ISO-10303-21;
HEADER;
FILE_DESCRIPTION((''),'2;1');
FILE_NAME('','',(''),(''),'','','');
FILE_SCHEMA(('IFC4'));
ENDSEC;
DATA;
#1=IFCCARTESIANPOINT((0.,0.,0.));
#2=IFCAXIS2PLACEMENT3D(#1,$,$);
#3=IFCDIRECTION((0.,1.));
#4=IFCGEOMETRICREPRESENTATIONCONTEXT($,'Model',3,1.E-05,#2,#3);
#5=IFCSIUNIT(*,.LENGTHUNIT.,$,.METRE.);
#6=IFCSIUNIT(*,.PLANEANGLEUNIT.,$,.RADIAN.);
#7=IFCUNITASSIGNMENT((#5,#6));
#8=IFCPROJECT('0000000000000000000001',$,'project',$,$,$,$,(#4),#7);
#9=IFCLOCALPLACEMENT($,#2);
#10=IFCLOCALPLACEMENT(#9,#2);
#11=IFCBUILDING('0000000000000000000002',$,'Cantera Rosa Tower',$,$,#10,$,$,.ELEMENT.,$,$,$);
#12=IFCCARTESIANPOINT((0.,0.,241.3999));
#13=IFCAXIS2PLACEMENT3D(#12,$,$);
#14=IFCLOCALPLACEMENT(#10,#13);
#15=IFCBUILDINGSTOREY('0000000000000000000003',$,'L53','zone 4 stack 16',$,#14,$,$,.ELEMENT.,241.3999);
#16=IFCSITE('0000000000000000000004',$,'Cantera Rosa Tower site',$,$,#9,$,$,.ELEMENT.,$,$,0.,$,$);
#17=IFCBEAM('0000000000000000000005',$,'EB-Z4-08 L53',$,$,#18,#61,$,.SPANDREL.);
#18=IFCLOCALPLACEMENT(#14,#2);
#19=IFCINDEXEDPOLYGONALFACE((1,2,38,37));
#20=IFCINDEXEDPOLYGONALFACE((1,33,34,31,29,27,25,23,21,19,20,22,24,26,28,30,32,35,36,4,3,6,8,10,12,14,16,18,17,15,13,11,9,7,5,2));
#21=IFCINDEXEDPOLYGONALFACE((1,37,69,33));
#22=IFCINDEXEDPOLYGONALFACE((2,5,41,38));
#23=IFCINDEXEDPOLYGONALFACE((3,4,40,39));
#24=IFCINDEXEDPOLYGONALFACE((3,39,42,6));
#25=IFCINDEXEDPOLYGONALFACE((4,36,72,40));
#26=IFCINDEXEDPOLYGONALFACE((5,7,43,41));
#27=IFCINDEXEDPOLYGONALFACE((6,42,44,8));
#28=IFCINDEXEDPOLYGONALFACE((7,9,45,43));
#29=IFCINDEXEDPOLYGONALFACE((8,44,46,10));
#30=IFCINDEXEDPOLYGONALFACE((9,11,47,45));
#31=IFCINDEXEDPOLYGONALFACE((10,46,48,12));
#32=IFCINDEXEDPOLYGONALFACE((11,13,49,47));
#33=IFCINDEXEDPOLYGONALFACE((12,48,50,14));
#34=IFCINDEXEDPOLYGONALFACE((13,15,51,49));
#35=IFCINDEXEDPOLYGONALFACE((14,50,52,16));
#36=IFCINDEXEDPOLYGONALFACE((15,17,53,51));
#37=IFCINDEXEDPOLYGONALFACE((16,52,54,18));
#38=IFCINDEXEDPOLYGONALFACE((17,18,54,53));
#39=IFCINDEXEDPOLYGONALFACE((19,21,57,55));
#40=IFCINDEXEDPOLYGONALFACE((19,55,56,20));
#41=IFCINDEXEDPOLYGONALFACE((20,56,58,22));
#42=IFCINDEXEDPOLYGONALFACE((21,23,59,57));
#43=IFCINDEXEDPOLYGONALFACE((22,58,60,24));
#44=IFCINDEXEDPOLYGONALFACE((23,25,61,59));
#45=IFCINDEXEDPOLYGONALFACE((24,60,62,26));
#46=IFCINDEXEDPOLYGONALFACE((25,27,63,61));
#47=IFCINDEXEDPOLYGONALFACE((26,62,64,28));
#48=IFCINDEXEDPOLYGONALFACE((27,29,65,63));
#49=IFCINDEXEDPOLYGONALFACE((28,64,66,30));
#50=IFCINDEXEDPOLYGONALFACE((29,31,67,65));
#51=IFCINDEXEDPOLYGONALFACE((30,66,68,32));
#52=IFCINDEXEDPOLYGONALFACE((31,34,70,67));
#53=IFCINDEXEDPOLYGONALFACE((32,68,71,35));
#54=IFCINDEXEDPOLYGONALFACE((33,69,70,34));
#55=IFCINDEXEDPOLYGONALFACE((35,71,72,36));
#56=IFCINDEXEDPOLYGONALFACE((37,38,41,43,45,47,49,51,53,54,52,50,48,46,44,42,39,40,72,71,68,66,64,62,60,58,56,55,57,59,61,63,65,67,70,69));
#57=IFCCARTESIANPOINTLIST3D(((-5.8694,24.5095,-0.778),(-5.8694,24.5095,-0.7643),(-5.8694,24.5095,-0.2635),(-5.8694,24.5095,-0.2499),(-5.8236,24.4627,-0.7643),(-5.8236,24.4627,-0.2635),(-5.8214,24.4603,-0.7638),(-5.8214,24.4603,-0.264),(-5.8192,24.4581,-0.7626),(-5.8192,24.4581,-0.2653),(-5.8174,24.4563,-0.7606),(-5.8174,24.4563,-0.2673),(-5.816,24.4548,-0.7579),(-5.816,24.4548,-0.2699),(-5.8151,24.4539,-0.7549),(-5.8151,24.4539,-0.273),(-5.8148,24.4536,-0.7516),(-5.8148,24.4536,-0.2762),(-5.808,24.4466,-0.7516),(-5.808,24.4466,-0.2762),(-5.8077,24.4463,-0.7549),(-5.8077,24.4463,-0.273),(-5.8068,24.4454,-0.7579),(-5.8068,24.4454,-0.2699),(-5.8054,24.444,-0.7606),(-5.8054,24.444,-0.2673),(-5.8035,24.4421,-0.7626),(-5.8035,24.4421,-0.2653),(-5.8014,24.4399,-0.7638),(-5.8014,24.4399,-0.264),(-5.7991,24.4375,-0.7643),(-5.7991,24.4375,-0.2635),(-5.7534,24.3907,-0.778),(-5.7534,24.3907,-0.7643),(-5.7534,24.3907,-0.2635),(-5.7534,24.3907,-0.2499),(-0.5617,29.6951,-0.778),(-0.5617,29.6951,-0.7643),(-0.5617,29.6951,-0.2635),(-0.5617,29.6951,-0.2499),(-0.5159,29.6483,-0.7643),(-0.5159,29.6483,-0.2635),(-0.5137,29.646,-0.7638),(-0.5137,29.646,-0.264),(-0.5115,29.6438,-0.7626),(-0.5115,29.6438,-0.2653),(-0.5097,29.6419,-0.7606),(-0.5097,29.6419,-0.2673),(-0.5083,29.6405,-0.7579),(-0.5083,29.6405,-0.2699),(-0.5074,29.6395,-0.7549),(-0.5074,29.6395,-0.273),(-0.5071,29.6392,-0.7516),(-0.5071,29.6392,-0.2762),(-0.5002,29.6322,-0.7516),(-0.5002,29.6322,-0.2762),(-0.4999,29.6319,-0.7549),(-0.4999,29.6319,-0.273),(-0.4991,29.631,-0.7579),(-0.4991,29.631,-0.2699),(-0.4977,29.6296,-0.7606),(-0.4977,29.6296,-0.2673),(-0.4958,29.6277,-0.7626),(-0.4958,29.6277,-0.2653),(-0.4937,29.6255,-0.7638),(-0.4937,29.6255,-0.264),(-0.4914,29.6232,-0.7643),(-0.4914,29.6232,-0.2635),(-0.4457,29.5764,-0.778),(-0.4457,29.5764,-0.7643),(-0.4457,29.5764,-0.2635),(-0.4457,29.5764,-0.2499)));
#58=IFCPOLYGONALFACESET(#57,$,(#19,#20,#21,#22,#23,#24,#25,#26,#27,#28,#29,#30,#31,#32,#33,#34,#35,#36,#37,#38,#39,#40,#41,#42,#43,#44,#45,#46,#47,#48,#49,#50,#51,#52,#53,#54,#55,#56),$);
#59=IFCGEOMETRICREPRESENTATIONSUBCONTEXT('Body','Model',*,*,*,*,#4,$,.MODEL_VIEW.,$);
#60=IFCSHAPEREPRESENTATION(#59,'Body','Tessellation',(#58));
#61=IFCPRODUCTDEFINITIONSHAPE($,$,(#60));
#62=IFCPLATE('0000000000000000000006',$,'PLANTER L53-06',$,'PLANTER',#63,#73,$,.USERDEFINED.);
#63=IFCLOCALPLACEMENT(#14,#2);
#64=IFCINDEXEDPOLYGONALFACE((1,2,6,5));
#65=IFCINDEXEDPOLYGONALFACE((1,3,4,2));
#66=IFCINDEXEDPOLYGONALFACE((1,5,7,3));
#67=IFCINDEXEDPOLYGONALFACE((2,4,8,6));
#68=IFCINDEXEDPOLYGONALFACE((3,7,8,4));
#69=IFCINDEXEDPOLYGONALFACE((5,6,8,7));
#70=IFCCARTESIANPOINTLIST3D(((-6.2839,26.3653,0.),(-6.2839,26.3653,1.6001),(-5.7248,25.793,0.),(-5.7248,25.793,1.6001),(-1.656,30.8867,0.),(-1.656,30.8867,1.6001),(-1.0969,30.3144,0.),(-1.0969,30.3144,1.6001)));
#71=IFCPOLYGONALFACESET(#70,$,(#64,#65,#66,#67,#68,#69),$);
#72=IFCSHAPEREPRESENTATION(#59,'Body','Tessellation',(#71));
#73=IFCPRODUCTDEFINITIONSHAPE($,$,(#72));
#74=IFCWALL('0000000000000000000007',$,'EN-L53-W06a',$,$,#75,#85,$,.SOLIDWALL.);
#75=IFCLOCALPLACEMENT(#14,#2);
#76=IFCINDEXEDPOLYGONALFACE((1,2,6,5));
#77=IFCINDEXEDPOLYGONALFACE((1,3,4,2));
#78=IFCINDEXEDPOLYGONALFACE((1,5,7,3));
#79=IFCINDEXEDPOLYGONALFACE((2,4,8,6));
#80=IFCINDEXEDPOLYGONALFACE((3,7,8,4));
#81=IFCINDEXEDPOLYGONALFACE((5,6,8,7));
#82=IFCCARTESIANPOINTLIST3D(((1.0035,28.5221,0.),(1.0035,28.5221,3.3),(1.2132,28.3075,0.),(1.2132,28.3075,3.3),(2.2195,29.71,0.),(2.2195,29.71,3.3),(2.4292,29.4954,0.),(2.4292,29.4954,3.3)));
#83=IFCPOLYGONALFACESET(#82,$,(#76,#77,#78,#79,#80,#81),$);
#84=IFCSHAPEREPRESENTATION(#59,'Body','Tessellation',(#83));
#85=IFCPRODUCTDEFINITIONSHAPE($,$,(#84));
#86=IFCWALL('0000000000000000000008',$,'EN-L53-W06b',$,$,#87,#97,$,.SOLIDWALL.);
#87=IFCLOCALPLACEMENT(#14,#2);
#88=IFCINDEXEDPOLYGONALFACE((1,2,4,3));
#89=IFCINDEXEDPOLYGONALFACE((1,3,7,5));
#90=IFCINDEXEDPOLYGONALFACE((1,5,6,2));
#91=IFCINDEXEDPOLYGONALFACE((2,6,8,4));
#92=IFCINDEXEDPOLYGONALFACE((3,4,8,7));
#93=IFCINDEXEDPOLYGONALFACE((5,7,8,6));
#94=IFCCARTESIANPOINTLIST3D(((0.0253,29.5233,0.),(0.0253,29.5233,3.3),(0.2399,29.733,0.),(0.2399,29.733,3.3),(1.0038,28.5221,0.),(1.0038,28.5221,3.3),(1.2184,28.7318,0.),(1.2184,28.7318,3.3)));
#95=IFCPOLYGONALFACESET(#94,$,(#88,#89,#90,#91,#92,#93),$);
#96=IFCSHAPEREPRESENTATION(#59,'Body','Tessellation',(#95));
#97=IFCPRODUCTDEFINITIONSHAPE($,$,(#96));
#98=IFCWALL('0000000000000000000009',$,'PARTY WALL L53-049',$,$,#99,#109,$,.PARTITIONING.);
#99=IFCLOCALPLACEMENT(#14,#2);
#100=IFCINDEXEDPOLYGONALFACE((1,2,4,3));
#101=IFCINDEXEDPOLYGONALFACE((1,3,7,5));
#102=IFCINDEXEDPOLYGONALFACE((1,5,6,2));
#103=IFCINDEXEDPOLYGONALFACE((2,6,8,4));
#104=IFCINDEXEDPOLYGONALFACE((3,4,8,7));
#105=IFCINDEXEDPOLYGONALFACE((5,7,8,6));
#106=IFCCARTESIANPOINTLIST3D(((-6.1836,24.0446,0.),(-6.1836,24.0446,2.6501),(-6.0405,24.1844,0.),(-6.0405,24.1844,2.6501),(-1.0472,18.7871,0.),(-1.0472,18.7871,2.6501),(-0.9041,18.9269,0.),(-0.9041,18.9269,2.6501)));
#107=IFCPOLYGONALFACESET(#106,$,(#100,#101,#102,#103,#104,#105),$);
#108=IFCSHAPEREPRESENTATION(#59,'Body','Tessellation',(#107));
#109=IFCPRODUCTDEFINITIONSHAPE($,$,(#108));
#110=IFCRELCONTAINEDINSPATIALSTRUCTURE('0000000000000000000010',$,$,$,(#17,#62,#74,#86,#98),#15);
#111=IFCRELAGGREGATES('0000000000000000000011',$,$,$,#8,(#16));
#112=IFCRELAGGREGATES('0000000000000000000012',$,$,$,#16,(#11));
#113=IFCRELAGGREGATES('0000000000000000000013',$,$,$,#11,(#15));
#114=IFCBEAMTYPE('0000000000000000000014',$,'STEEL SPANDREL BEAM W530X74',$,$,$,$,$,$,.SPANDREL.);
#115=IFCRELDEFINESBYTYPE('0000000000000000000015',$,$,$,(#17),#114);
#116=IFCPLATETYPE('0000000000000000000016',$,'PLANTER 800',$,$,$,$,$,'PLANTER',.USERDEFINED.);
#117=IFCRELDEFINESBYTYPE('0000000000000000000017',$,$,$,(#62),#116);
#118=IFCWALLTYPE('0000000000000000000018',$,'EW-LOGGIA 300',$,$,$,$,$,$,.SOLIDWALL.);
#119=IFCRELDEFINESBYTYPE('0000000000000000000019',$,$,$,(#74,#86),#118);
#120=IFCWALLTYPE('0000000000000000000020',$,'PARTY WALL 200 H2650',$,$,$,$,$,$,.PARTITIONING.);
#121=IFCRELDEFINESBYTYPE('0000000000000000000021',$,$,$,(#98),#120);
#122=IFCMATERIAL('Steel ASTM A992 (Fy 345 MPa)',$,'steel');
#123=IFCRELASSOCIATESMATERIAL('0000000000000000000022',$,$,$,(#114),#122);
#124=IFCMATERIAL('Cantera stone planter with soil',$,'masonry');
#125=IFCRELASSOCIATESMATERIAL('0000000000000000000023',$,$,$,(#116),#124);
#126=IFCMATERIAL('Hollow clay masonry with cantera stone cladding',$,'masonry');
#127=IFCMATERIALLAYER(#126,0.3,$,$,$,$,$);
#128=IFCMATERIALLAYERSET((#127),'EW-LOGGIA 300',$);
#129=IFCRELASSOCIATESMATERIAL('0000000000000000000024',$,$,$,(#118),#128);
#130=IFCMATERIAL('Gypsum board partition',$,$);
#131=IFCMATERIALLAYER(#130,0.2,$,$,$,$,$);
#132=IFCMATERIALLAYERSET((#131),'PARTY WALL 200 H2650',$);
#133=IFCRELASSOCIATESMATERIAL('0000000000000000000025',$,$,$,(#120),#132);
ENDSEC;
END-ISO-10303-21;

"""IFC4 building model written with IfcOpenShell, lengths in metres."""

from ifc_helpers import new_model, si_unit, direction, frame, frame_2d, origin, origin_2d, place, context, subcontext, project, spatial, rectangle, i_section, extrude, material, layer, layer_set, material_profile, profile_set, type_object, element, save


model = new_model("IFC4")

# Units and contexts
model_context = context("Model", 3, precision=1e-05, world=origin(), true_north=direction((0.0, 1.0)))
body_context = subcontext(model_context, "Body", "Model", "MODEL_VIEW")
ifc_project = project(units=[si_unit("LENGTHUNIT", "METRE"), si_unit("PLANEANGLEUNIT", "RADIAN")], contexts=[model_context])

# Site, building, storey
site_placement = place(None, origin())
site = spatial("IfcSite", under=ifc_project, at=site_placement, Name="Cantera Rosa Tower site", CompositionType="ELEMENT", RefElevation=0.0)
building_placement = place(site_placement, origin())
building = spatial("IfcBuilding", under=site, at=building_placement, Name="Cantera Rosa Tower", CompositionType="ELEMENT")
storey_placement = place(building_placement, frame((0.0, 0.0, 241.3999)))
storey = spatial("IfcBuildingStorey", under=building, at=storey_placement, Name="L53", Description="zone 4 stack 16", CompositionType="ELEMENT", Elevation=241.3999)

# Beam
ifc_material_1 = material(Name="Steel ASTM A992 (Fy 345 MPa)", Category="steel")
ifc_material_profile_1 = material_profile(ifc_material_1, i_section(OverallWidth=0.166, OverallDepth=0.5281, WebThickness=0.0098, FlangeThickness=0.0137, FilletRadius=0.0127, at=origin_2d()), Name="W530X74")
ifc_profile_set_1 = profile_set([ifc_material_profile_1], Name="Steel ASTM A992 (Fy 345 MPa)")
beam_type_1 = type_object("IfcBeamType", Name="STEEL SPANDREL BEAM W530X74", PredefinedType="SPANDREL", material=ifc_profile_set_1)
beam_1_placement = place(storey_placement, frame((-0.5037, 29.6357, -0.5139), z_axis=(-0.715284, -0.698833, 0.0), x_axis=(0.698833, -0.715284, 0.0)))
element("IfcBeam", 1, at=beam_1_placement, inside=storey, type_object=beam_type_1, Name="EB-Z4-08 L53", PredefinedType="SPANDREL", context=body_context, shape_type="SweptSolid", body=[
    extrude(i_section(OverallWidth=0.166, OverallDepth=0.5281, WebThickness=0.0098, FlangeThickness=0.0137, FilletRadius=0.0127, at=origin_2d()), origin(), (0.0, 0.0, 1.0), 7.4204),
])

# Plate
ifc_material_2 = material(Name="Cantera stone planter with soil", Category="masonry")
plate_type = type_object("IfcPlateType", Name="PLANTER 800", ElementType="PLANTER", PredefinedType="USERDEFINED", material=ifc_material_2)
plate_placement = place(storey_placement, frame((-3.6904, 28.3398, 0.0), z_axis=(0.0, 0.0, 1.0), x_axis=(-0.715286, -0.698832, 0.0)))
element("IfcPlate", 2, at=plate_placement, inside=storey, type_object=plate_type, Name="PLANTER L53-06", ObjectType="PLANTER", PredefinedType="USERDEFINED", context=body_context, shape_type="SweptSolid", body=[
    extrude(rectangle(XDim=6.47, YDim=0.8, at=origin_2d()), origin(), (0.0, 0.0, 1.0), 1.6001),
])

# Walls
ifc_material_3 = material(Name="Hollow clay masonry with cantera stone cladding", Category="masonry")
ifc_layer_1 = layer(ifc_material_3, 0.3)
ifc_layer_set_1 = layer_set([ifc_layer_1], Name="EW-LOGGIA 300")
wall_type_1 = type_object("IfcWallType", Name="EW-LOGGIA 300", PredefinedType="SOLIDWALL", material=ifc_layer_set_1)
wall_1_placement = place(storey_placement, frame((2.3245, 29.6028, 0.0), z_axis=(0.0, 0.0, 1.0), x_axis=(-0.715316, -0.698801, 0.0)))
element("IfcWall", 3, at=wall_1_placement, inside=storey, type_object=wall_type_1, Name="EN-L53-W06a", PredefinedType="SOLIDWALL", context=body_context, shape_type="SweptSolid", body=[
    extrude(rectangle(XDim=1.7, YDim=0.3, at=frame_2d((0.8501, 0.0))), origin(), (0.0, 0.0, 1.0), 3.3),
])
wall_2_placement = place(storey_placement, frame((1.1111, 28.627, 0.0), z_axis=(0.0, 0.0, 1.0), x_axis=(-0.698951, 0.715169, 0.0)))
element("IfcWall", 4, at=wall_2_placement, inside=storey, type_object=wall_type_1, Name="EN-L53-W06b", PredefinedType="SOLIDWALL", context=body_context, shape_type="SweptSolid", body=[
    extrude(rectangle(XDim=1.3999, YDim=0.3, at=frame_2d((0.7, 0.0))), origin(), (0.0, 0.0, 1.0), 3.3),
])

# Wall
ifc_material_4 = material(Name="Gypsum board partition")
ifc_layer_2 = layer(ifc_material_4, 0.2)
ifc_layer_set_2 = layer_set([ifc_layer_2], Name="PARTY WALL 200 H2650")
wall_type_2 = type_object("IfcWallType", Name="PARTY WALL 200 H2650", PredefinedType="PARTITIONING", material=ifc_layer_set_2)
wall_3_placement = place(storey_placement, frame((-6.1121, 24.1145, 0.0), z_axis=(0.0, 0.0, 1.0), x_axis=(0.698821, -0.715296, 0.0)))
element("IfcWall", 5, at=wall_3_placement, inside=storey, type_object=wall_type_2, Name="PARTY WALL L53-049", PredefinedType="PARTITIONING", context=body_context, shape_type="SweptSolid", body=[
    extrude(rectangle(XDim=7.3501, YDim=0.2, at=frame_2d((3.675, 0.0))), origin(), (0.0, 0.0, 1.0), 2.6501),
])

save(model, "model.ifc")
